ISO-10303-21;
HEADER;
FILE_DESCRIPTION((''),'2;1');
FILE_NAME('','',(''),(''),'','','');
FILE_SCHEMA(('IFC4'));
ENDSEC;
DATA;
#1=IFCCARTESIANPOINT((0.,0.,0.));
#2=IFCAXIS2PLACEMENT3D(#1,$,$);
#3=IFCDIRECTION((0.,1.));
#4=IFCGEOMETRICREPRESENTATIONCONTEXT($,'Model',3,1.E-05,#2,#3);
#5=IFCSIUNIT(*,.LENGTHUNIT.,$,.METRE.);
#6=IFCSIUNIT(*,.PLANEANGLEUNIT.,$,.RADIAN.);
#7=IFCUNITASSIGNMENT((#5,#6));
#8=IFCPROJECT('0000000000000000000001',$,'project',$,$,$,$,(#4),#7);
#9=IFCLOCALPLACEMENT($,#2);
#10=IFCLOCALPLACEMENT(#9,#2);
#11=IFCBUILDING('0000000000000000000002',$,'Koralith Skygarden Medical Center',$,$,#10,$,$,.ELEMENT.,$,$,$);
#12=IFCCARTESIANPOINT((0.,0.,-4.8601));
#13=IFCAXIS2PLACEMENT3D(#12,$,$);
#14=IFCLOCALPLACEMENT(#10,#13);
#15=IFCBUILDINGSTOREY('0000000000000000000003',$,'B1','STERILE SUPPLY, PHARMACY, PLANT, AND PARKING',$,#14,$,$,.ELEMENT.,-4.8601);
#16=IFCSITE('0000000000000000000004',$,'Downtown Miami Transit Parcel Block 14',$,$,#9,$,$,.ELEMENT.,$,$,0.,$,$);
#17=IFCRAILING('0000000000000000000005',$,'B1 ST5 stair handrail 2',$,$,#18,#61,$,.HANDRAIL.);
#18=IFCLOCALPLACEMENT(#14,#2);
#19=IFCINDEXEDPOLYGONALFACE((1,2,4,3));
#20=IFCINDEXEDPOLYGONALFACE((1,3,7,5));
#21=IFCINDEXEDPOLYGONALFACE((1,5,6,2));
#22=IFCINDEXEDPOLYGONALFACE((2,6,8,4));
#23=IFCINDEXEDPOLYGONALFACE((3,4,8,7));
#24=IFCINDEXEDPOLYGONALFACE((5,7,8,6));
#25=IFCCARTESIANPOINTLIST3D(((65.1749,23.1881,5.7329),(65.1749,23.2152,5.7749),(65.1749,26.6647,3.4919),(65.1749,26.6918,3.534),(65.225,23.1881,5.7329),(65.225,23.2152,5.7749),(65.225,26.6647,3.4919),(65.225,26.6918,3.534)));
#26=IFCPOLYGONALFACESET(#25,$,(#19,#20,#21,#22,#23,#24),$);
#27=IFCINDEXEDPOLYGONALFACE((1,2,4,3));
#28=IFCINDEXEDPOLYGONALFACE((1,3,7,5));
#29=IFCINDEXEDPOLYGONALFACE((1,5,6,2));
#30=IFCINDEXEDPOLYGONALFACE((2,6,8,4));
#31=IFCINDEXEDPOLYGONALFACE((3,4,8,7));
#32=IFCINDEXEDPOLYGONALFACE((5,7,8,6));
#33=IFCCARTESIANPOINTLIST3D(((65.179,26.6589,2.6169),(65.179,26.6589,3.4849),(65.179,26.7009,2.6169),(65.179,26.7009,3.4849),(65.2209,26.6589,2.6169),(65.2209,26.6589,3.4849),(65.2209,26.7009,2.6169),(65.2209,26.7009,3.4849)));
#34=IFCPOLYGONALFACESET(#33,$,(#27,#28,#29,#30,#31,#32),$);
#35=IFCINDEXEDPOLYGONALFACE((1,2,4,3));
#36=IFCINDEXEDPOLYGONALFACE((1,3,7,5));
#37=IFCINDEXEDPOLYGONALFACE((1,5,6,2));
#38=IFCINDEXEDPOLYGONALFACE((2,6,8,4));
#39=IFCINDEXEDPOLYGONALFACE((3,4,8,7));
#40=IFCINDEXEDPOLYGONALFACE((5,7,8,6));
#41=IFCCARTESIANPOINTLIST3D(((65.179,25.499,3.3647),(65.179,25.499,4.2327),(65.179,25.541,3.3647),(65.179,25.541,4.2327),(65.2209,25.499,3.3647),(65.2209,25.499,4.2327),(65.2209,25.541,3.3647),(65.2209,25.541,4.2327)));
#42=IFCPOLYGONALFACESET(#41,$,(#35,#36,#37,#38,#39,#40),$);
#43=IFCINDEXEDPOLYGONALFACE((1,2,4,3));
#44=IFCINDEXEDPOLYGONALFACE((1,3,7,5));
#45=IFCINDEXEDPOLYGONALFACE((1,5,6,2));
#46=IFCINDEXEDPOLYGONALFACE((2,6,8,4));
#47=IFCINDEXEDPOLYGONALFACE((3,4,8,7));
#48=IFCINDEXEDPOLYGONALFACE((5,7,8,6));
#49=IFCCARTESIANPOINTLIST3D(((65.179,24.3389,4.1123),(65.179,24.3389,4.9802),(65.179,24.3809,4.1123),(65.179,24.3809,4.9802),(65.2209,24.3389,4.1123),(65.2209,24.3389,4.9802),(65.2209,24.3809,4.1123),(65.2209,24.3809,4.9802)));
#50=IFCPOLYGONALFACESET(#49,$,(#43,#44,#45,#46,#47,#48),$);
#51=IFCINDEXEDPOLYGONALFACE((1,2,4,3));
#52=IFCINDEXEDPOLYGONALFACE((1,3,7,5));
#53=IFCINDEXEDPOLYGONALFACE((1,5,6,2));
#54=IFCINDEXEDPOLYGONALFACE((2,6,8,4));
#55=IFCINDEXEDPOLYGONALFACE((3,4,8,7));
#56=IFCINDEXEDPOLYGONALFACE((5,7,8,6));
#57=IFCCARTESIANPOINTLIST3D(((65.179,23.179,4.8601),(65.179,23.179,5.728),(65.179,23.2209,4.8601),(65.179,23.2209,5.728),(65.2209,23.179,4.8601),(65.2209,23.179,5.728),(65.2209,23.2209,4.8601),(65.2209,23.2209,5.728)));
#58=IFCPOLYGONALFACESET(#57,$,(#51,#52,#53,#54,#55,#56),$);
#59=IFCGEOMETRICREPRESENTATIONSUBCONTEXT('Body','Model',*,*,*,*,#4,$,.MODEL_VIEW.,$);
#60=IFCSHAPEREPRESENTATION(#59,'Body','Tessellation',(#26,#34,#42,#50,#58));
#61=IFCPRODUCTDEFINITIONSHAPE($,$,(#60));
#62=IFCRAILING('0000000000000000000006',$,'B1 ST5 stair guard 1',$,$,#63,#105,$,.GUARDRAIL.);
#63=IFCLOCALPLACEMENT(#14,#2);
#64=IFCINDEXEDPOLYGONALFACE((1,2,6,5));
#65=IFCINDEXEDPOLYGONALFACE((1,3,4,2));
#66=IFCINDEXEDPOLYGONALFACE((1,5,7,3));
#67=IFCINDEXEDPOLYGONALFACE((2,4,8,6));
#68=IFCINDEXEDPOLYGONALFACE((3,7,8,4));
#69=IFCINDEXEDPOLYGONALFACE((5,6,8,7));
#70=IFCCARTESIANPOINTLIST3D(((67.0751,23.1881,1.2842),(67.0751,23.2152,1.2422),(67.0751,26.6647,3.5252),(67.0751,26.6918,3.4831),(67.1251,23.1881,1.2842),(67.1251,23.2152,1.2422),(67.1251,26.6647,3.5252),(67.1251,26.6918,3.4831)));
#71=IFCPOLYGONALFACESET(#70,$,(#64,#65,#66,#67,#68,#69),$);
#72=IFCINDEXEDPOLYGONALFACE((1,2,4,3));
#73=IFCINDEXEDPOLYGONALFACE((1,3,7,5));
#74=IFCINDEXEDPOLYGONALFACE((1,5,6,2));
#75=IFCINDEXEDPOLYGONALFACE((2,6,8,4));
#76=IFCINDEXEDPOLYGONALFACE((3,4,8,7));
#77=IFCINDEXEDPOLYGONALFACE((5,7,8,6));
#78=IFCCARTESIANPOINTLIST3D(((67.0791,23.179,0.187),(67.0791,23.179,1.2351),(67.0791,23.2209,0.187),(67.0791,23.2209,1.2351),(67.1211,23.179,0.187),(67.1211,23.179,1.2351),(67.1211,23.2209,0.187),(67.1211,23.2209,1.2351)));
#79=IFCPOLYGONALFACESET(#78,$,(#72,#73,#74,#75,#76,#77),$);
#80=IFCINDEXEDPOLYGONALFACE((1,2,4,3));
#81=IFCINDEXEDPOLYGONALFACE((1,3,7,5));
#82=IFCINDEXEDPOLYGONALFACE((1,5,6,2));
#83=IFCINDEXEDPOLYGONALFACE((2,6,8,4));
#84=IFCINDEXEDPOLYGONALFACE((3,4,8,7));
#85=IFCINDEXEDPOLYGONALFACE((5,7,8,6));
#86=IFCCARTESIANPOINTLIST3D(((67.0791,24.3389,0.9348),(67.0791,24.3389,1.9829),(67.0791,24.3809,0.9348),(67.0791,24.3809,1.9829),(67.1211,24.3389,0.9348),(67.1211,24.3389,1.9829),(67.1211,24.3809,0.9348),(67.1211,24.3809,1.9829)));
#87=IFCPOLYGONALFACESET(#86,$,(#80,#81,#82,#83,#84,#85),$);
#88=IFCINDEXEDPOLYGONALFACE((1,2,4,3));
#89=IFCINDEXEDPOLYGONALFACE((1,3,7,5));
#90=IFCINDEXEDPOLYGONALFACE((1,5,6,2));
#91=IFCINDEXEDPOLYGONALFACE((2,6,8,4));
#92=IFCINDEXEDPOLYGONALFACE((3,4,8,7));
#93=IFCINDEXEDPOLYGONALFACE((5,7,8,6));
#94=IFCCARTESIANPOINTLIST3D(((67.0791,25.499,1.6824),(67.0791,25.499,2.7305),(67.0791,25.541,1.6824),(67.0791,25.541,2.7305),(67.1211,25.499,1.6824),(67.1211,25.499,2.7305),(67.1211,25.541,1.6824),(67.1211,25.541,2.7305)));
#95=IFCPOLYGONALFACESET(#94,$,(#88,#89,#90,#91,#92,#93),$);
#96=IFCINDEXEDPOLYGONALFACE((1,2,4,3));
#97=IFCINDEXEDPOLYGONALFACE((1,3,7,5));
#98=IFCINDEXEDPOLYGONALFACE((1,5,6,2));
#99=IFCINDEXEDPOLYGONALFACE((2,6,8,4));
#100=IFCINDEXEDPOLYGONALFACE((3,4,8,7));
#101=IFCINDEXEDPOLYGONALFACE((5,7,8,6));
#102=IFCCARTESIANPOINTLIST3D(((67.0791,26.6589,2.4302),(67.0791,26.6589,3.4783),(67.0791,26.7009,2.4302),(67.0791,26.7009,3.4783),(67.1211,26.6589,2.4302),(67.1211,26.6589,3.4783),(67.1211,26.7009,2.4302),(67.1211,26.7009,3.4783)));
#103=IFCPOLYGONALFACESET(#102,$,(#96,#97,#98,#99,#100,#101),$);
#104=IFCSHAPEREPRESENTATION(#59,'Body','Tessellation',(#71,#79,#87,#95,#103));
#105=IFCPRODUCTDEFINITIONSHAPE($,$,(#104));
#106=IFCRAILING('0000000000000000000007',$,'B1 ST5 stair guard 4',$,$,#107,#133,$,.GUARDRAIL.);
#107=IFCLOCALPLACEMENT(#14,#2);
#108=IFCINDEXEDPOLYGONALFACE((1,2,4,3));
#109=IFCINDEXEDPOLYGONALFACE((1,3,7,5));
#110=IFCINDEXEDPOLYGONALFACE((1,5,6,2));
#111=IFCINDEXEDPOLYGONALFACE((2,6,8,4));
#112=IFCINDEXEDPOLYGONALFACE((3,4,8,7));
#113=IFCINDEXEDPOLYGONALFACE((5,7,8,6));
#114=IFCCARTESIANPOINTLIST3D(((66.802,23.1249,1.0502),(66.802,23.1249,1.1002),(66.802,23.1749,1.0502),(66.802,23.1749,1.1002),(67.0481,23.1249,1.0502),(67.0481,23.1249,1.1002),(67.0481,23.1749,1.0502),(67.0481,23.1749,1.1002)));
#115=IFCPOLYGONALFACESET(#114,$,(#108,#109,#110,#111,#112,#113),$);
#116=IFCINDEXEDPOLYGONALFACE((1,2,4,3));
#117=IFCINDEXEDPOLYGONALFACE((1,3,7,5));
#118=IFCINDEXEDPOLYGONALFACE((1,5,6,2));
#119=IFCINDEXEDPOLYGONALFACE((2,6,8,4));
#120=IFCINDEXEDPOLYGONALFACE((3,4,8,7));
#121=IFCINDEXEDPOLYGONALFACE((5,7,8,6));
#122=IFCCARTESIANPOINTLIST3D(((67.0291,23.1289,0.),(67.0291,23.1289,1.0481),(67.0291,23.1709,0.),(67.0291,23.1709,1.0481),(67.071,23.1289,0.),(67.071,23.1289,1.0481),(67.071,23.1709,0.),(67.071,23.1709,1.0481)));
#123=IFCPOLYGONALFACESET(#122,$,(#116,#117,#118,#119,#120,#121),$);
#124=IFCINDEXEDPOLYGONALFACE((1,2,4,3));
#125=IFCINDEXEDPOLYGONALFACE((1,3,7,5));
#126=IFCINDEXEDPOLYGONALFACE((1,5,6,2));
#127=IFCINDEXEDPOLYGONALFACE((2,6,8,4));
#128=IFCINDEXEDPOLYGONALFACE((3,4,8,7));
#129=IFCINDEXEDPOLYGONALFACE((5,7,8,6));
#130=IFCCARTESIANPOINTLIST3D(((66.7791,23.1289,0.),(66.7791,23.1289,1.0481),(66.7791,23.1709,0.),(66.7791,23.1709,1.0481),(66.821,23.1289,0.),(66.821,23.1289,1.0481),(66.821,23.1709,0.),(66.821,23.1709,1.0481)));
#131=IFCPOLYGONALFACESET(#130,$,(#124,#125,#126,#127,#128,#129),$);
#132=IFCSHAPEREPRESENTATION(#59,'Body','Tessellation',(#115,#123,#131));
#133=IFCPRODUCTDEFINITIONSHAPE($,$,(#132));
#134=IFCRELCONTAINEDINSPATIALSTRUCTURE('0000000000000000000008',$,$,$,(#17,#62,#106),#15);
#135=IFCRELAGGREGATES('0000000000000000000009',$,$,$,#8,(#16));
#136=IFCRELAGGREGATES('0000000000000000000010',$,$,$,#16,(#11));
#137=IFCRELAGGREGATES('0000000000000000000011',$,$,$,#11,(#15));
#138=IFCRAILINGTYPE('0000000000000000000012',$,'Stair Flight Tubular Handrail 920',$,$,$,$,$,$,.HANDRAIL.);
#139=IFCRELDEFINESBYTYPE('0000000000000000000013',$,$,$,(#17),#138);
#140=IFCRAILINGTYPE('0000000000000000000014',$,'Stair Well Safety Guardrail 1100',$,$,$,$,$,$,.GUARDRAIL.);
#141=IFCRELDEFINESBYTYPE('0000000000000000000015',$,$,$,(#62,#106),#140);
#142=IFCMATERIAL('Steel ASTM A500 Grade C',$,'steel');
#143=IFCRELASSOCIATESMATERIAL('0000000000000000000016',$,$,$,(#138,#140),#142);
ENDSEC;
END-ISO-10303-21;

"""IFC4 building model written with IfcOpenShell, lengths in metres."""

from ifc_helpers import new_model, si_unit, direction, frame, origin, origin_2d, place, context, subcontext, project, spatial, rectangle, extrude, material, type_object, element, save


model = new_model("IFC4")

# Units and contexts
model_context = context("Model", 3, precision=1e-05, world=origin(), true_north=direction((0.0, 1.0)))
body_context = subcontext(model_context, "Body", "Model", "MODEL_VIEW")
ifc_project = project(units=[si_unit("LENGTHUNIT", "METRE"), si_unit("PLANEANGLEUNIT", "RADIAN")], contexts=[model_context])

# Site, building, storey
site_placement = place(None, origin())
site = spatial("IfcSite", under=ifc_project, at=site_placement, Name="Downtown Miami Transit Parcel Block 14", CompositionType="ELEMENT", RefElevation=0.0)
building_placement = place(site_placement, origin())
building = spatial("IfcBuilding", under=site, at=building_placement, Name="Koralith Skygarden Medical Center", CompositionType="ELEMENT")
storey_placement = place(building_placement, frame((0.0, 0.0, -4.8601)))
storey = spatial("IfcBuildingStorey", under=building, at=storey_placement, Name="B1", Description="STERILE SUPPLY, PHARMACY, PLANT, AND PARKING", CompositionType="ELEMENT", Elevation=-4.8601)

# Shared definitions
ifc_material_1 = material(Name="Steel ASTM A500 Grade C", Category="steel")

# Railings
railing_type_1 = type_object("IfcRailingType", Name="Stair Flight Tubular Handrail 920", PredefinedType="HANDRAIL", material=ifc_material_1)
railing_1_placement = place(storey_placement, frame((65.2, 26.6799, 2.6169)))
element("IfcRailing", 1, at=railing_1_placement, inside=storey, type_object=railing_type_1, Name="B1 ST5 stair handrail 2", PredefinedType="HANDRAIL", context=body_context, shape_type="SweptSolid", body=[
    extrude(rectangle(XDim=0.05, YDim=0.05, at=origin_2d()), frame((0.0, -0.0017, 0.896), z_axis=(0.0, -0.840515, 0.541788), x_axis=(1.0, 0.0, 0.0)), (0.0, 0.0, 1.0), 4.1362),
    extrude(rectangle(XDim=0.042, YDim=0.042, at=origin_2d()), origin(), (0.0, 0.0, 1.0), 0.8679),
    extrude(rectangle(XDim=0.042, YDim=0.042, at=origin_2d()), frame((0.0, -1.1599, 0.7478)), (0.0, 0.0, 1.0), 0.8679),
    extrude(rectangle(XDim=0.042, YDim=0.042, at=origin_2d()), frame((0.0, -2.3201, 1.4954)), (0.0, 0.0, 1.0), 0.8679),
    extrude(rectangle(XDim=0.042, YDim=0.042, at=origin_2d()), frame((0.0, -3.48, 2.2432)), (0.0, 0.0, 1.0), 0.8679),
])
railing_type_2 = type_object("IfcRailingType", Name="Stair Well Safety Guardrail 1100", PredefinedType="GUARDRAIL", material=ifc_material_1)
railing_2_placement = place(storey_placement, frame((67.1001, 23.2, 0.187)))
element("IfcRailing", 2, at=railing_2_placement, inside=storey, type_object=railing_type_2, Name="B1 ST5 stair guard 1", PredefinedType="GUARDRAIL", context=body_context, shape_type="SweptSolid", body=[
    extrude(rectangle(XDim=0.05, YDim=0.05, at=origin_2d()), frame((0.0, 0.0017, 1.0762), z_axis=(0.0, 0.840515, 0.541788), x_axis=(-1.0, 0.0, 0.0)), (0.0, 0.0, 1.0), 4.1362),
    extrude(rectangle(XDim=0.042, YDim=0.042, at=origin_2d()), origin(), (0.0, 0.0, 1.0), 1.0481),
    extrude(rectangle(XDim=0.042, YDim=0.042, at=origin_2d()), frame((0.0, 1.1599, 0.7478)), (0.0, 0.0, 1.0), 1.0481),
    extrude(rectangle(XDim=0.042, YDim=0.042, at=origin_2d()), frame((0.0, 2.3201, 1.4954)), (0.0, 0.0, 1.0), 1.0481),
    extrude(rectangle(XDim=0.042, YDim=0.042, at=origin_2d()), frame((0.0, 3.48, 2.2432)), (0.0, 0.0, 1.0), 1.0481),
])
railing_3_placement = place(storey_placement, frame((67.05, 23.1499, 0.0)))
element("IfcRailing", 3, at=railing_3_placement, inside=storey, type_object=railing_type_2, Name="B1 ST5 stair guard 4", PredefinedType="GUARDRAIL", context=body_context, shape_type="SweptSolid", body=[
    extrude(rectangle(XDim=0.05, YDim=0.05, at=origin_2d()), frame((-0.002, 0.0, 1.0752), z_axis=(-1.0, 0.0, 0.0), x_axis=(0.0, -1.0, 0.0)), (0.0, 0.0, 1.0), 0.2461),
    extrude(rectangle(XDim=0.042, YDim=0.042, at=origin_2d()), origin(), (0.0, 0.0, 1.0), 1.0481),
    extrude(rectangle(XDim=0.042, YDim=0.042, at=origin_2d()), frame((-0.25, 0.0, 0.0)), (0.0, 0.0, 1.0), 1.0481),
])

save(model, "model.ifc")
